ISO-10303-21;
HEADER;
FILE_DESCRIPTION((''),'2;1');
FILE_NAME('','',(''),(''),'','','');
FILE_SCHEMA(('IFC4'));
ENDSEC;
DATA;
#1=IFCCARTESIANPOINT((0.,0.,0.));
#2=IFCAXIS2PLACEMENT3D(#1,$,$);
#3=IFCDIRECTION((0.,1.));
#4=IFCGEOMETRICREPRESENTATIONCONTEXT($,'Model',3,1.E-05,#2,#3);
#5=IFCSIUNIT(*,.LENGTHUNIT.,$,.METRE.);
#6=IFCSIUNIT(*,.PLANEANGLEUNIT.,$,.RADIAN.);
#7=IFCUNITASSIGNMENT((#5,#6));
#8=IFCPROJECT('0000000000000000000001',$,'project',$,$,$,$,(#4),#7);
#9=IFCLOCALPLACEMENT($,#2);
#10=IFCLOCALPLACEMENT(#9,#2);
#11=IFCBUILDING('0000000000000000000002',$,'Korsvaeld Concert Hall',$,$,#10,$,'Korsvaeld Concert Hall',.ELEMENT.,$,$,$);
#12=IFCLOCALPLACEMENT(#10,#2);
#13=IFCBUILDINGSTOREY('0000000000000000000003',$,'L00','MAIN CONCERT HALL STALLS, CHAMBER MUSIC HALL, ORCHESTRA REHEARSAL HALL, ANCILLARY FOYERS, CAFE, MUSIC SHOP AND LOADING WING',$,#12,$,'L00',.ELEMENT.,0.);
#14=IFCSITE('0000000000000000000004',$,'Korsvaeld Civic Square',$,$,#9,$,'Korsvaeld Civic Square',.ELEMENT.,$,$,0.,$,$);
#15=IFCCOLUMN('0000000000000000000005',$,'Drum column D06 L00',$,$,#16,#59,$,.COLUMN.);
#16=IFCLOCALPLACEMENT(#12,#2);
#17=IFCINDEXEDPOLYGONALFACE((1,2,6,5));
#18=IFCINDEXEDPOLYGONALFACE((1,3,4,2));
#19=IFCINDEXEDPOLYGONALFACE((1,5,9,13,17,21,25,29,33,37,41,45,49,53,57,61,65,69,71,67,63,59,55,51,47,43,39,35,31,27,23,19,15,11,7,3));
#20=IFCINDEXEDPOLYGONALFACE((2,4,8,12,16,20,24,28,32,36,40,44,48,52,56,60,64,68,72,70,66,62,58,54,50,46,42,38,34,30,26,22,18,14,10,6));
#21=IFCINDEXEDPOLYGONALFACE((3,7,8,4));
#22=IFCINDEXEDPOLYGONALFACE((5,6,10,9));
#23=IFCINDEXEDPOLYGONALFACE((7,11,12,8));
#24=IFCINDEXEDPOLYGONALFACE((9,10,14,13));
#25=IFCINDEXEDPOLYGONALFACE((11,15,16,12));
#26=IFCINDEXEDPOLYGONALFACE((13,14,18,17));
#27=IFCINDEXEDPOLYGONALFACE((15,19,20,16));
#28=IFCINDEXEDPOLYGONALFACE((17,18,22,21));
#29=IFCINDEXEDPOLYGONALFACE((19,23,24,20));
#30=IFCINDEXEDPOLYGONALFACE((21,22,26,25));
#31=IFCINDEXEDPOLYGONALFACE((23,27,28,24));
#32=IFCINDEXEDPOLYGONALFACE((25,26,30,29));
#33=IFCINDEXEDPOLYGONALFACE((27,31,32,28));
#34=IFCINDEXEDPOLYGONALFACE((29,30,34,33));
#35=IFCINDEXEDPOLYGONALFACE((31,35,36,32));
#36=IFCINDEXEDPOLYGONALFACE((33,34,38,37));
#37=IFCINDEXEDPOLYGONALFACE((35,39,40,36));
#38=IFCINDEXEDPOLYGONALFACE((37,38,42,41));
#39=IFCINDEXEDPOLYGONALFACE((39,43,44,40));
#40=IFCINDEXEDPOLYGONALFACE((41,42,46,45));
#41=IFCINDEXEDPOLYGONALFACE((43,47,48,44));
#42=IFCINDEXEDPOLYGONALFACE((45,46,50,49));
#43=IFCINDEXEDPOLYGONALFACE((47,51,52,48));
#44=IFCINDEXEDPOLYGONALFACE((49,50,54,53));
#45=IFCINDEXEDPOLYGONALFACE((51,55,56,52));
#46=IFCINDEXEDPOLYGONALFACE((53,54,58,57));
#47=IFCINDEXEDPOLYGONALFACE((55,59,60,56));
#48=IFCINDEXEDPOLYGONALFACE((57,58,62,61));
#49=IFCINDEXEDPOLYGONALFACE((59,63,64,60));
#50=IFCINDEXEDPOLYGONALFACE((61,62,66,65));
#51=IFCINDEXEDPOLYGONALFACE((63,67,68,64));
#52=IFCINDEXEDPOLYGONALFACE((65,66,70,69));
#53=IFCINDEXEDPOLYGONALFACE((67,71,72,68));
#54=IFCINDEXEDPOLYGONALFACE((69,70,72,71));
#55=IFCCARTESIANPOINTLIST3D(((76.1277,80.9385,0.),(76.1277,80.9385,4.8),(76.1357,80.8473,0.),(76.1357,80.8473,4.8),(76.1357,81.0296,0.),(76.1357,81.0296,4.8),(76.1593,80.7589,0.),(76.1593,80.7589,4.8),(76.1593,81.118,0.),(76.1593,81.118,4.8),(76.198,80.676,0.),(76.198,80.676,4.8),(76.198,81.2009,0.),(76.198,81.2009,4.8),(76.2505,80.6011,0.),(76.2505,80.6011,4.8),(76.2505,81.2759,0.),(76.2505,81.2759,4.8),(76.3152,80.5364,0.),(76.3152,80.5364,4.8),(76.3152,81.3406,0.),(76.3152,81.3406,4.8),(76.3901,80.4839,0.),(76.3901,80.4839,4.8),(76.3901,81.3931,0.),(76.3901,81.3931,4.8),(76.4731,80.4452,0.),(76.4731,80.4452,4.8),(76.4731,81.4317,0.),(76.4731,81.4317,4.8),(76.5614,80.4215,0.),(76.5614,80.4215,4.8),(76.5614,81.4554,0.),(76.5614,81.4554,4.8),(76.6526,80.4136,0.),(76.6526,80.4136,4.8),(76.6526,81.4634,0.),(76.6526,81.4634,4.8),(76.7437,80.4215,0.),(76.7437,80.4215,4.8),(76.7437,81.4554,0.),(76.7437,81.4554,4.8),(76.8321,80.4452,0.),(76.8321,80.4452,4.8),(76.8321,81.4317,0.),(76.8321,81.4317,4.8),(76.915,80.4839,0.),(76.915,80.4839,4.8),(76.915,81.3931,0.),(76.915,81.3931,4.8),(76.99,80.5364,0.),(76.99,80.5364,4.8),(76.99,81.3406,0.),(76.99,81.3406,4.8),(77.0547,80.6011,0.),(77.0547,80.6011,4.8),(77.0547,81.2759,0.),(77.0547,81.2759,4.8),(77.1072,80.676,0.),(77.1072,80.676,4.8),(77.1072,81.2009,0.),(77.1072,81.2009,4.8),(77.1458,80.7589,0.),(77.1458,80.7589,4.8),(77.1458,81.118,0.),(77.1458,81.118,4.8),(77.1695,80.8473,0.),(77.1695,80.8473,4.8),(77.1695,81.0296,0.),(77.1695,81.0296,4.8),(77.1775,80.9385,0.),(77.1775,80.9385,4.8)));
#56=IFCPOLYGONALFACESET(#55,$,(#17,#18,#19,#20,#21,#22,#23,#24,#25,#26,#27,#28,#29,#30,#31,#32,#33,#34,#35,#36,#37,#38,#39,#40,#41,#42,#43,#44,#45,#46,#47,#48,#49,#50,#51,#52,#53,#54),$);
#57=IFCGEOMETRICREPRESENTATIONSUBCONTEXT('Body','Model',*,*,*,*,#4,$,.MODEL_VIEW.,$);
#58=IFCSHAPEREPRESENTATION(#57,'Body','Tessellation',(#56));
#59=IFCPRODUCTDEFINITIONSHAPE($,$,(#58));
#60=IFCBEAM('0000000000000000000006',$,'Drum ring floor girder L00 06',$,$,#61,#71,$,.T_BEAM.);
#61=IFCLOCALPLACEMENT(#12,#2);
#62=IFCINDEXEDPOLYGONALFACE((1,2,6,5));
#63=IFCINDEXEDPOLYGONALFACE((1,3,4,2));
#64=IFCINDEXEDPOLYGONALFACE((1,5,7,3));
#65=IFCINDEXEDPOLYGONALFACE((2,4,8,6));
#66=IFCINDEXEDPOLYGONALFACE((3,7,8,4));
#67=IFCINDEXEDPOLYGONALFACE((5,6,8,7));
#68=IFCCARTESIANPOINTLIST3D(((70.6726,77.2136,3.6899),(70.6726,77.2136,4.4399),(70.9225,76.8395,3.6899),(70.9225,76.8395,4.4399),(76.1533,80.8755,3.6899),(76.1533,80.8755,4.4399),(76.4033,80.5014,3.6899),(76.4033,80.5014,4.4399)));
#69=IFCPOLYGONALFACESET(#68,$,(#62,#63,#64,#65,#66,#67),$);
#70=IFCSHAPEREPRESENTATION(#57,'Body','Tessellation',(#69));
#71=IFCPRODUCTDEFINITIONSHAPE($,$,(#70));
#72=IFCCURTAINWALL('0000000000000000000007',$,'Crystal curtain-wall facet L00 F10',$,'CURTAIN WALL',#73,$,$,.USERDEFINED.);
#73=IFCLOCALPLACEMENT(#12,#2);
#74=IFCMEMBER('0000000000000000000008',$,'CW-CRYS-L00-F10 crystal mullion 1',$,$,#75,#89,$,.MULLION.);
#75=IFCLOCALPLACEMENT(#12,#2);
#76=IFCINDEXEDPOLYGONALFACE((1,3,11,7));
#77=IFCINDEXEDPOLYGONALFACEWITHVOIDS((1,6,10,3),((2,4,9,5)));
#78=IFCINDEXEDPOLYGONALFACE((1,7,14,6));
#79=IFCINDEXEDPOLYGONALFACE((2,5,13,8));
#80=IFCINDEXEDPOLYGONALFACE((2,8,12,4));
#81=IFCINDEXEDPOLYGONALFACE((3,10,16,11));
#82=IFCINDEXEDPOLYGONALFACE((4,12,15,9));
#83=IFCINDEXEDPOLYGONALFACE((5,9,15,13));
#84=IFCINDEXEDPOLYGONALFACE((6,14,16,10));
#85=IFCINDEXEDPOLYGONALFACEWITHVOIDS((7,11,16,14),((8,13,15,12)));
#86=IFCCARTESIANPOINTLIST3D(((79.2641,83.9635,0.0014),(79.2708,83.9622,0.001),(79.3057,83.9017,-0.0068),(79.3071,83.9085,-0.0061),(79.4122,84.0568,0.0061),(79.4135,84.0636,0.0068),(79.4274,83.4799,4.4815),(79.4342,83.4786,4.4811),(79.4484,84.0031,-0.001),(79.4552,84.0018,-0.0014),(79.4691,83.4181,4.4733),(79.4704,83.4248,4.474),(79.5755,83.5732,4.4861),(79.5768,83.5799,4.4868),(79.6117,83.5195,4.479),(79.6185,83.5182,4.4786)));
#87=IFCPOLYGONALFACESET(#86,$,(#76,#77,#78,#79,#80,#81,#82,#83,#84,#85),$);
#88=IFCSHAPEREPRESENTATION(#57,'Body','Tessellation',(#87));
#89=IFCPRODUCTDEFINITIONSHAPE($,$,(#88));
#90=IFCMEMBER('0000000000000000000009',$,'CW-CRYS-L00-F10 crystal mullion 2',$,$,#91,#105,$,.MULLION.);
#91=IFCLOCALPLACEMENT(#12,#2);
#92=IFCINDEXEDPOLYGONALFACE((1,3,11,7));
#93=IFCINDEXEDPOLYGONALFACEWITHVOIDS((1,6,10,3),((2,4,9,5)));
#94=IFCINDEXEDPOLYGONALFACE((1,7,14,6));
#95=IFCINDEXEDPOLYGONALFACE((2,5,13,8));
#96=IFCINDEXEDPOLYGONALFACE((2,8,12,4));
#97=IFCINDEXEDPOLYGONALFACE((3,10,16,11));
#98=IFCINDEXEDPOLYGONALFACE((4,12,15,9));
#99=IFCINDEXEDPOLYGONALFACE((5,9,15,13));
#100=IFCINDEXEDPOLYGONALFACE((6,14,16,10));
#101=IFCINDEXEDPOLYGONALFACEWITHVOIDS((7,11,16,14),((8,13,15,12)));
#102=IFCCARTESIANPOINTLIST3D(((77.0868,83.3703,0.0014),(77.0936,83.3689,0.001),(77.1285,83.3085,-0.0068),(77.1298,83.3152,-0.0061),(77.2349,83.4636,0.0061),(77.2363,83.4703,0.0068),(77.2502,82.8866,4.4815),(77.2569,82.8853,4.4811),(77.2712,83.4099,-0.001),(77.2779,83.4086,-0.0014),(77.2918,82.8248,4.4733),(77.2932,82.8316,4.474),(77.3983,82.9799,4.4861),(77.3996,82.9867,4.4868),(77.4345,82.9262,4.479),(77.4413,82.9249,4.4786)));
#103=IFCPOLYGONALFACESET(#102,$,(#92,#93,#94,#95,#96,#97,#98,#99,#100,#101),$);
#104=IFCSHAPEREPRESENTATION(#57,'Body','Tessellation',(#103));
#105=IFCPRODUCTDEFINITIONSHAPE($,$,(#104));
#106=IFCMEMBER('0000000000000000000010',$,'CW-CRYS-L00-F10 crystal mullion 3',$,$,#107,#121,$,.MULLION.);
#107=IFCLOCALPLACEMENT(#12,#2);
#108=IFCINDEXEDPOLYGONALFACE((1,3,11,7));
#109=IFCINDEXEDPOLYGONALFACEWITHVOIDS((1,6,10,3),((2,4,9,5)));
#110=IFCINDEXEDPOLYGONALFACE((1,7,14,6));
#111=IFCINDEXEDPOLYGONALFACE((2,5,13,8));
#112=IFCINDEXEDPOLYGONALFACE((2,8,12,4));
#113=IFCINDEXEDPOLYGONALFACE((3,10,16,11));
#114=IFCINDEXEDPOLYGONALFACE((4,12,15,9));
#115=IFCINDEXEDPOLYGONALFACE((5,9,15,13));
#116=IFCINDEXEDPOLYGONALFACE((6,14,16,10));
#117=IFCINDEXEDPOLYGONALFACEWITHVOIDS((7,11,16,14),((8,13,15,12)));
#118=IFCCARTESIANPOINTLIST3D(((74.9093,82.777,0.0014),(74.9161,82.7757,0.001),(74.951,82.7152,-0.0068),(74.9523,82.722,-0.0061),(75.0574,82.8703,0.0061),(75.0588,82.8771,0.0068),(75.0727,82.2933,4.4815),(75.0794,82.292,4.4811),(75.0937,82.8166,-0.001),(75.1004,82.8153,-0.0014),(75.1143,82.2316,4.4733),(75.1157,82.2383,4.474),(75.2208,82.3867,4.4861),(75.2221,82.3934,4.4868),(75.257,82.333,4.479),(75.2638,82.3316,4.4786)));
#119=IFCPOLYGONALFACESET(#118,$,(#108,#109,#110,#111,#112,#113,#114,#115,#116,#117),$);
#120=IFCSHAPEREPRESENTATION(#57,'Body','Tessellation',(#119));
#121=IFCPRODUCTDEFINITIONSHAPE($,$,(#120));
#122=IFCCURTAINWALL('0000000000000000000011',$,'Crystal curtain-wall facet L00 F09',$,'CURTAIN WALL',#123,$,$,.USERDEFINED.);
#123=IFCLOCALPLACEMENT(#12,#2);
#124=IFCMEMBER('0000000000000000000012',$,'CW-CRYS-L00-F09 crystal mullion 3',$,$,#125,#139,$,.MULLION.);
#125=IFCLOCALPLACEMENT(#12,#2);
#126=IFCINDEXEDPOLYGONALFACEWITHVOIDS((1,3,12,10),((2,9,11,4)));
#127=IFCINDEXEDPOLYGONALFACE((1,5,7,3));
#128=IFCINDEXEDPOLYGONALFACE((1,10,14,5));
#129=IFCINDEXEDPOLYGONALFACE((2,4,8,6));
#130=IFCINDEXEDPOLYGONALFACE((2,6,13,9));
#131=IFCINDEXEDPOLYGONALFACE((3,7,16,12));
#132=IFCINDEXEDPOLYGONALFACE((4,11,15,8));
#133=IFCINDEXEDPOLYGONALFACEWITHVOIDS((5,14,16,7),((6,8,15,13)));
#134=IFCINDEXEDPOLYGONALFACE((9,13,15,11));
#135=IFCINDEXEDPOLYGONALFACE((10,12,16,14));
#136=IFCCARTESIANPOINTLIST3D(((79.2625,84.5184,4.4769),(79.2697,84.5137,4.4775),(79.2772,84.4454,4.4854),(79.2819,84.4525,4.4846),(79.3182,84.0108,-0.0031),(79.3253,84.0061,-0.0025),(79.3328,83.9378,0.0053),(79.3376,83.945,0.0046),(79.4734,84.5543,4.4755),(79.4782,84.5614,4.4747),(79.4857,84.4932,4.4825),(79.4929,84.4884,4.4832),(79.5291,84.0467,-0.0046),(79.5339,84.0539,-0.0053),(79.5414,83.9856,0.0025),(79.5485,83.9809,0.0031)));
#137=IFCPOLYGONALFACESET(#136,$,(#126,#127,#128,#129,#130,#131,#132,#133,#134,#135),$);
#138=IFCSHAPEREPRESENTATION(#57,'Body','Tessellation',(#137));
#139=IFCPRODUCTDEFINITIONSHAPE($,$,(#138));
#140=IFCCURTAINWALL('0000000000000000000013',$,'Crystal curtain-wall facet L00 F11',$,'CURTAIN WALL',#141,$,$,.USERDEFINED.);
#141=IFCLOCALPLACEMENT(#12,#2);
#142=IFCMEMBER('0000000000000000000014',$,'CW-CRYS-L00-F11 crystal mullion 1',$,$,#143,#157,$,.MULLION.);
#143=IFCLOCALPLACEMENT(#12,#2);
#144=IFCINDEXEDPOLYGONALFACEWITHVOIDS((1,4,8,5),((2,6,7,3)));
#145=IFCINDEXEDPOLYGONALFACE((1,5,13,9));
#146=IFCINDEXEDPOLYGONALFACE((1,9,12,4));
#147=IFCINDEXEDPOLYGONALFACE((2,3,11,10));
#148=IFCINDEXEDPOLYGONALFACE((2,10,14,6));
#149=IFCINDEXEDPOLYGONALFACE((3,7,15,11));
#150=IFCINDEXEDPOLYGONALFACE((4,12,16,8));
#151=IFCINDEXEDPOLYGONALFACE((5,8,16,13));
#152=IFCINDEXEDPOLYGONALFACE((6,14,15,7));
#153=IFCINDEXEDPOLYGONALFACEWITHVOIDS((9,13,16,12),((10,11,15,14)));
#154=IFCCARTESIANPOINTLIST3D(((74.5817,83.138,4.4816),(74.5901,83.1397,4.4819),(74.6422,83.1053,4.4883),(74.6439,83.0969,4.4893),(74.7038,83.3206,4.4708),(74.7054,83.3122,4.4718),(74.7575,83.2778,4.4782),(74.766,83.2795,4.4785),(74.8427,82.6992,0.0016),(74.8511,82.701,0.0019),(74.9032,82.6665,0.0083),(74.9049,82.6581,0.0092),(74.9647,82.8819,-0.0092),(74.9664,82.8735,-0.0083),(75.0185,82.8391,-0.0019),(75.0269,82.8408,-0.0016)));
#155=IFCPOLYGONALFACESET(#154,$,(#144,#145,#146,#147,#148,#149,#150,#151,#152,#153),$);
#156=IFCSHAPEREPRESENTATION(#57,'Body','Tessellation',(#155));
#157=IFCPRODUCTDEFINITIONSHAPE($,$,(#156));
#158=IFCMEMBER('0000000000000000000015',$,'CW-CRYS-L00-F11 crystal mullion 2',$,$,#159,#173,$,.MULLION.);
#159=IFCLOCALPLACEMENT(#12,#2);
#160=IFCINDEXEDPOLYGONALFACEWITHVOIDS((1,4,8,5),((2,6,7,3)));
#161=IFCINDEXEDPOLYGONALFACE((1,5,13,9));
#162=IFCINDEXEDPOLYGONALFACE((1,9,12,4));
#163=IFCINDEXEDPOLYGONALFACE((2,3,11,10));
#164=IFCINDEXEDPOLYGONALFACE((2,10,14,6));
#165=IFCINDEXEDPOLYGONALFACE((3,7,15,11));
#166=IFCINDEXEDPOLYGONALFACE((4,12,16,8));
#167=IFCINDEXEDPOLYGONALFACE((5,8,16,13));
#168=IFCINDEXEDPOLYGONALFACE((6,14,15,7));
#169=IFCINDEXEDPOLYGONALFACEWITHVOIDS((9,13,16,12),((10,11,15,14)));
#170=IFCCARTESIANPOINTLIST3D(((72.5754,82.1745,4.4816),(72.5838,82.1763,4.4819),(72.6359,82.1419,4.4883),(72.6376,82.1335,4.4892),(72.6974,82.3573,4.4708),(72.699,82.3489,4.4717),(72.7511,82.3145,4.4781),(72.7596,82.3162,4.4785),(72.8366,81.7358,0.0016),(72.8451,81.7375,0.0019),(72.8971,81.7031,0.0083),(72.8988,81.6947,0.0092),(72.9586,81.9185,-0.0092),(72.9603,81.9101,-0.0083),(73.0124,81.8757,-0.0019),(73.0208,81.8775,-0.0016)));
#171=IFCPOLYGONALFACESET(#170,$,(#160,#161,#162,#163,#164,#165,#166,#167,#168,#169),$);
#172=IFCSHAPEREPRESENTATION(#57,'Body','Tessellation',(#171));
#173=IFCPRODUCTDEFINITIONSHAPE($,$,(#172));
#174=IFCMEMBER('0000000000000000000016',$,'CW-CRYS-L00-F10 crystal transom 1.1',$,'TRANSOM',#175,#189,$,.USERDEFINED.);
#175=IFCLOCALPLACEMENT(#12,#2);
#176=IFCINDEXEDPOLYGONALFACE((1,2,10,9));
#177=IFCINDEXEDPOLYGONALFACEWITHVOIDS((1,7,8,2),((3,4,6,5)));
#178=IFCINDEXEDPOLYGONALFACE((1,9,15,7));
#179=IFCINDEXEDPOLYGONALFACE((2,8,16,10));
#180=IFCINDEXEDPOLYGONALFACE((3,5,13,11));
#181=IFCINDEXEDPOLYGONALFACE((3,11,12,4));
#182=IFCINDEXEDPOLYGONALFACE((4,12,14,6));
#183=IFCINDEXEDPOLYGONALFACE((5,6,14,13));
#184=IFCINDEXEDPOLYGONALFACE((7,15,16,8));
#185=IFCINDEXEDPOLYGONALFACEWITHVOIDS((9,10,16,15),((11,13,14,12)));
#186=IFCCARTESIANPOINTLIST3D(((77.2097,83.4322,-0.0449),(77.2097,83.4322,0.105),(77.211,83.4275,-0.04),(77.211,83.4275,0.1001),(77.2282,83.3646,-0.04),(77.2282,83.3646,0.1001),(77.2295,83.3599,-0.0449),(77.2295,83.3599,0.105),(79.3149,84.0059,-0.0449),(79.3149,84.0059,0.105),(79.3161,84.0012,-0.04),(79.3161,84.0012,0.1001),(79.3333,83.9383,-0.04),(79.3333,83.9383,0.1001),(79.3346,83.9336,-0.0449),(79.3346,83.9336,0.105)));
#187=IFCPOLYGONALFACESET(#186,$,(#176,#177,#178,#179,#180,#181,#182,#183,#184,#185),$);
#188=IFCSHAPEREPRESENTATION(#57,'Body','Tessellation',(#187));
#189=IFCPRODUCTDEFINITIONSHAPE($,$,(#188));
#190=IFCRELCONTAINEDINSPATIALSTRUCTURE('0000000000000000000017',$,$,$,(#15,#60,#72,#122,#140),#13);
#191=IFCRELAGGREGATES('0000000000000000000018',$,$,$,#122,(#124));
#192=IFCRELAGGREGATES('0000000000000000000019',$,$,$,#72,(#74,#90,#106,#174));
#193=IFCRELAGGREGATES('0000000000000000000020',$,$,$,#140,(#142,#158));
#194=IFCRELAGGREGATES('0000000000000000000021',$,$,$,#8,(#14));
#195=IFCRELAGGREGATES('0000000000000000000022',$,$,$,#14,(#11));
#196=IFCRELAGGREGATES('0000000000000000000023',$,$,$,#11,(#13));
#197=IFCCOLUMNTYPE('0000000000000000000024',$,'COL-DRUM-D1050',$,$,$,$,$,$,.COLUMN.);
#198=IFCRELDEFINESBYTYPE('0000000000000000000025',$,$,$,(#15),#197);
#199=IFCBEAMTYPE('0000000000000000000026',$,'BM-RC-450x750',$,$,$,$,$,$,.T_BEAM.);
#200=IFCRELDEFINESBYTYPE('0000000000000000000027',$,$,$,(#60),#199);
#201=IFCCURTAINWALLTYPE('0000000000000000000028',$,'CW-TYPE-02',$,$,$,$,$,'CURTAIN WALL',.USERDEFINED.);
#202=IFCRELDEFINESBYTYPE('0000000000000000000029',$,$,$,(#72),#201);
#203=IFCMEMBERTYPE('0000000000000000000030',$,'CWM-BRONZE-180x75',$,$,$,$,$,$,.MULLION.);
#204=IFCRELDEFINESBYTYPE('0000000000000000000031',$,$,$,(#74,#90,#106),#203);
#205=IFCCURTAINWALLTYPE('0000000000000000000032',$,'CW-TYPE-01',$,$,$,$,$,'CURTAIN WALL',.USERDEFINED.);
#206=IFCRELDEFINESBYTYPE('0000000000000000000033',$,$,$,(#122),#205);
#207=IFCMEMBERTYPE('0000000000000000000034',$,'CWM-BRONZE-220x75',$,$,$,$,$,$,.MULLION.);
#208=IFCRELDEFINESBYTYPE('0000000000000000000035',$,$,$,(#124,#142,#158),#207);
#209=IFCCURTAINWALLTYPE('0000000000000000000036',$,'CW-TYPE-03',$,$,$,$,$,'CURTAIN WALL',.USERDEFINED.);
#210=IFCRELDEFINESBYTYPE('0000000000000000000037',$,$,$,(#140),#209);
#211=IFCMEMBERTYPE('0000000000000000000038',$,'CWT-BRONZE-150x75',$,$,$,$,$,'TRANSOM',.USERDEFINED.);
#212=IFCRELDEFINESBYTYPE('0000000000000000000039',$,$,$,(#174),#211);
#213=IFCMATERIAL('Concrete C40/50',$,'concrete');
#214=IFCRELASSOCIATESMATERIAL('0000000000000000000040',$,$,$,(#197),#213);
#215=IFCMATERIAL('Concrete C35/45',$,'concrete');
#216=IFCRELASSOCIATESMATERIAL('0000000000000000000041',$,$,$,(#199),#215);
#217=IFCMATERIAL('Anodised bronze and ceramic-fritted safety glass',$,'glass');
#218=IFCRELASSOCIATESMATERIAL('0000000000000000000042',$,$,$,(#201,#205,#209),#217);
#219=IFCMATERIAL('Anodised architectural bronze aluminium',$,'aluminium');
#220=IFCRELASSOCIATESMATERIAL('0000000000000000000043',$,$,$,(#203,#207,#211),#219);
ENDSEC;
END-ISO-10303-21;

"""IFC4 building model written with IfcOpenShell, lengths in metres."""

from ifc_helpers import new_model, si_unit, direction, frame, origin, origin_2d, place, context, subcontext, project, spatial, rectangle, hollow_rectangle, circle, extrude, material, material_profile, profile_set, type_object, element, aggregate, save


model = new_model("IFC4")

# Units and contexts
model_context = context("Model", 3, precision=1e-05, world=origin(), true_north=direction((0.0, 1.0)))
body_context = subcontext(model_context, "Body", "Model", "MODEL_VIEW")
ifc_project = project(units=[si_unit("LENGTHUNIT", "METRE"), si_unit("PLANEANGLEUNIT", "RADIAN")], contexts=[model_context])

# Site, building, storey
site_placement = place(None, origin())
site = spatial("IfcSite", under=ifc_project, at=site_placement, Name="Korsvaeld Civic Square", LongName="Korsvaeld Civic Square", CompositionType="ELEMENT", RefElevation=0.0)
building_placement = place(site_placement, origin())
building = spatial("IfcBuilding", under=site, at=building_placement, Name="Korsvaeld Concert Hall", LongName="Korsvaeld Concert Hall", CompositionType="ELEMENT")
storey_placement = place(building_placement, origin())
storey = spatial("IfcBuildingStorey", under=building, at=storey_placement, Name="L00", Description="MAIN CONCERT HALL STALLS, CHAMBER MUSIC HALL, ORCHESTRA REHEARSAL HALL, ANCILLARY FOYERS, CAFE, MUSIC SHOP AND LOADING WING", LongName="L00", CompositionType="ELEMENT", Elevation=0.0)

# Column
ifc_material_1 = material(Name="Concrete C40/50", Category="concrete")
ifc_material_profile_1 = material_profile(ifc_material_1, circle(Radius=0.5249, at=origin_2d()), Name="RC D1050")
ifc_profile_set_1 = profile_set([ifc_material_profile_1], Name="Concrete C40/50")
column_type = type_object("IfcColumnType", Name="COL-DRUM-D1050", PredefinedType="COLUMN", material=ifc_profile_set_1)
column_placement = place(storey_placement, frame((76.6526, 80.9385, 0.0), z_axis=(0.0, 0.0, 1.0), x_axis=(1.0, 0.0, 0.0)))
element("IfcColumn", 1, at=column_placement, inside=storey, type_object=column_type, Name="Drum column D06 L00", PredefinedType="COLUMN", context=body_context, shape_type="SweptSolid", body=[
    extrude(circle(Radius=0.5249, at=origin_2d()), origin(), (0.0, 0.0, 1.0), 4.8),
])

# Beam
ifc_material_2 = material(Name="Concrete C35/45", Category="concrete")
ifc_material_profile_2 = material_profile(ifc_material_2, rectangle(XDim=0.45, YDim=0.75, at=origin_2d()), Name="RC 450x750")
ifc_profile_set_2 = profile_set([ifc_material_profile_2], Name="Concrete C35/45")
beam_type = type_object("IfcBeamType", Name="BM-RC-450x750", PredefinedType="T_BEAM", material=ifc_profile_set_2)
beam_placement = place(storey_placement, frame((76.2783, 80.6885, 4.0649), z_axis=(-0.831486, -0.555546, 0.0), x_axis=(0.555546, -0.831486, 0.0)))
element("IfcBeam", 2, at=beam_placement, inside=storey, type_object=beam_type, Name="Drum ring floor girder L00 06", PredefinedType="T_BEAM", context=body_context, shape_type="SweptSolid", body=[
    extrude(rectangle(XDim=0.45, YDim=0.75, at=origin_2d()), origin(), (0.0, 0.0, 1.0), 6.5916),
])

# Curtain wall, members
ifc_material_3 = material(Name="Anodised bronze and ceramic-fritted safety glass", Category="glass")
curtain_wall_type_1 = type_object("IfcCurtainWallType", Name="CW-TYPE-02", ElementType="CURTAIN WALL", PredefinedType="USERDEFINED", material=ifc_material_3)
curtain_wall_1_placement = place(storey_placement, origin())
curtain_wall_1 = element("IfcCurtainWall", 3, at=curtain_wall_1_placement, inside=storey, type_object=curtain_wall_type_1, Name="Crystal curtain-wall facet L00 F10", ObjectType="CURTAIN WALL", PredefinedType="USERDEFINED")
ifc_material_4 = material(Name="Anodised architectural bronze aluminium", Category="aluminium")
ifc_material_profile_3 = material_profile(ifc_material_4, hollow_rectangle(XDim=0.075, YDim=0.1799, WallThickness=0.0049, at=origin_2d()), Name="CWM 180x75x5")
ifc_profile_set_3 = profile_set([ifc_material_profile_3], Name="Anodised architectural bronze aluminium")
member_type_1 = type_object("IfcMemberType", Name="CWM-BRONZE-180x75", PredefinedType="MULLION", material=ifc_profile_set_3)
member_1_placement = place(storey_placement, frame((79.3596, 83.9827, 0.0), z_axis=(0.036223, -0.107262, 0.993571), x_axis=(0.555805, -0.824105, -0.109231)))
member_1 = element("IfcMember", 4, at=member_1_placement, type_object=member_type_1, Name="CW-CRYS-L00-F10 crystal mullion 1", PredefinedType="MULLION", context=body_context, shape_type="SweptSolid", body=[
    extrude(hollow_rectangle(XDim=0.075, YDim=0.1799, WallThickness=0.0049, at=origin_2d()), origin(), (0.0, 0.0, 1.0), 4.509),
])
member_2_placement = place(storey_placement, frame((77.1824, 83.3894, 0.0), z_axis=(0.036223, -0.107262, 0.993571), x_axis=(0.555805, -0.824105, -0.109231)))
member_2 = element("IfcMember", 5, at=member_2_placement, type_object=member_type_1, Name="CW-CRYS-L00-F10 crystal mullion 2", PredefinedType="MULLION", context=body_context, shape_type="SweptSolid", body=[
    extrude(hollow_rectangle(XDim=0.075, YDim=0.1799, WallThickness=0.0049, at=origin_2d()), origin(), (0.0, 0.0, 1.0), 4.509),
])
member_3_placement = place(storey_placement, frame((75.0049, 82.7961, 0.0), z_axis=(0.036223, -0.107262, 0.993571), x_axis=(0.555805, -0.824105, -0.109231)))
member_3 = element("IfcMember", 6, at=member_3_placement, type_object=member_type_1, Name="CW-CRYS-L00-F10 crystal mullion 3", PredefinedType="MULLION", context=body_context, shape_type="SweptSolid", body=[
    extrude(hollow_rectangle(XDim=0.075, YDim=0.1799, WallThickness=0.0049, at=origin_2d()), origin(), (0.0, 0.0, 1.0), 4.509),
])

# Curtain wall, member
curtain_wall_type_2 = type_object("IfcCurtainWallType", Name="CW-TYPE-01", ElementType="CURTAIN WALL", PredefinedType="USERDEFINED", material=ifc_material_3)
curtain_wall_2_placement = place(storey_placement, origin())
curtain_wall_2 = element("IfcCurtainWall", 7, at=curtain_wall_2_placement, inside=storey, type_object=curtain_wall_type_2, Name="Crystal curtain-wall facet L00 F09", ObjectType="CURTAIN WALL", PredefinedType="USERDEFINED")
ifc_material_profile_4 = material_profile(ifc_material_4, hollow_rectangle(XDim=0.075, YDim=0.22, WallThickness=0.0061, at=origin_2d()), Name="CWM 220x75x6")
ifc_profile_set_4 = profile_set([ifc_material_profile_4], Name="Anodised architectural bronze aluminium")
member_type_2 = type_object("IfcMemberType", Name="CWM-BRONZE-220x75", PredefinedType="MULLION", material=ifc_profile_set_4)
member_4_placement = place(storey_placement, frame((79.4333, 83.9958, 0.0), z_axis=(-0.012345, 0.112568, 0.993567), x_axis=(-0.195508, 0.974193, -0.112802)))
member_4 = element("IfcMember", 8, at=member_4_placement, type_object=member_type_2, Name="CW-CRYS-L00-F09 crystal mullion 3", PredefinedType="MULLION", context=body_context, shape_type="SweptSolid", body=[
    extrude(hollow_rectangle(XDim=0.075, YDim=0.22, WallThickness=0.0061, at=origin_2d()), origin(), (0.0, 0.0, 1.0), 4.509),
])
aggregate(curtain_wall_2, [member_4])

# Curtain wall, members
curtain_wall_type_3 = type_object("IfcCurtainWallType", Name="CW-TYPE-03", ElementType="CURTAIN WALL", PredefinedType="USERDEFINED", material=ifc_material_3)
curtain_wall_3_placement = place(storey_placement, origin())
curtain_wall_3 = element("IfcCurtainWall", 9, at=curtain_wall_3_placement, inside=storey, type_object=curtain_wall_type_3, Name="Crystal curtain-wall facet L00 F11", ObjectType="CURTAIN WALL", PredefinedType="USERDEFINED")
member_5_placement = place(storey_placement, frame((74.9348, 82.77, 0.0), z_axis=(-0.057882, 0.0973, 0.993571), x_axis=(-0.829903, 0.548493, -0.10206)))
member_5 = element("IfcMember", 10, at=member_5_placement, type_object=member_type_2, Name="CW-CRYS-L00-F11 crystal mullion 1", PredefinedType="MULLION", context=body_context, shape_type="SweptSolid", body=[
    extrude(hollow_rectangle(XDim=0.075, YDim=0.22, WallThickness=0.0061, at=origin_2d()), origin(), (0.0, 0.0, 1.0), 4.509),
])
member_6_placement = place(storey_placement, frame((72.9287, 81.8066, 0.0), z_axis=(-0.057936, 0.097299, 0.993567), x_axis=(-0.830127, 0.548149, -0.102085)))
member_6 = element("IfcMember", 11, at=member_6_placement, type_object=member_type_2, Name="CW-CRYS-L00-F11 crystal mullion 2", PredefinedType="MULLION", context=body_context, shape_type="SweptSolid", body=[
    extrude(hollow_rectangle(XDim=0.075, YDim=0.22, WallThickness=0.0061, at=origin_2d()), origin(), (0.0, 0.0, 1.0), 4.509),
])

# Member
ifc_material_profile_5 = material_profile(ifc_material_4, hollow_rectangle(XDim=0.075, YDim=0.1499, WallThickness=0.0049, at=origin_2d()), Name="CWT 150x75x5")
ifc_profile_set_5 = profile_set([ifc_material_profile_5], Name="Anodised architectural bronze aluminium")
member_type_3 = type_object("IfcMemberType", Name="CWT-BRONZE-150x75", ElementType="TRANSOM", PredefinedType="USERDEFINED", material=ifc_profile_set_5)
member_7_placement = place(storey_placement, frame((79.3247, 83.9697, 0.03), z_axis=(-0.964813, -0.262938, 0.0), x_axis=(0.262938, -0.964813, 0.0)))
member_7 = element("IfcMember", 12, at=member_7_placement, type_object=member_type_3, Name="CW-CRYS-L00-F10 crystal transom 1.1", ObjectType="TRANSOM", PredefinedType="USERDEFINED", context=body_context, shape_type="SweptSolid", body=[
    extrude(hollow_rectangle(XDim=0.075, YDim=0.1499, WallThickness=0.0049, at=origin_2d()), origin(), (0.0, 0.0, 1.0), 2.1819),
])

aggregate(curtain_wall_1, [member_1, member_2, member_3, member_7])
aggregate(curtain_wall_3, [member_5, member_6])

save(model, "model.ifc")
